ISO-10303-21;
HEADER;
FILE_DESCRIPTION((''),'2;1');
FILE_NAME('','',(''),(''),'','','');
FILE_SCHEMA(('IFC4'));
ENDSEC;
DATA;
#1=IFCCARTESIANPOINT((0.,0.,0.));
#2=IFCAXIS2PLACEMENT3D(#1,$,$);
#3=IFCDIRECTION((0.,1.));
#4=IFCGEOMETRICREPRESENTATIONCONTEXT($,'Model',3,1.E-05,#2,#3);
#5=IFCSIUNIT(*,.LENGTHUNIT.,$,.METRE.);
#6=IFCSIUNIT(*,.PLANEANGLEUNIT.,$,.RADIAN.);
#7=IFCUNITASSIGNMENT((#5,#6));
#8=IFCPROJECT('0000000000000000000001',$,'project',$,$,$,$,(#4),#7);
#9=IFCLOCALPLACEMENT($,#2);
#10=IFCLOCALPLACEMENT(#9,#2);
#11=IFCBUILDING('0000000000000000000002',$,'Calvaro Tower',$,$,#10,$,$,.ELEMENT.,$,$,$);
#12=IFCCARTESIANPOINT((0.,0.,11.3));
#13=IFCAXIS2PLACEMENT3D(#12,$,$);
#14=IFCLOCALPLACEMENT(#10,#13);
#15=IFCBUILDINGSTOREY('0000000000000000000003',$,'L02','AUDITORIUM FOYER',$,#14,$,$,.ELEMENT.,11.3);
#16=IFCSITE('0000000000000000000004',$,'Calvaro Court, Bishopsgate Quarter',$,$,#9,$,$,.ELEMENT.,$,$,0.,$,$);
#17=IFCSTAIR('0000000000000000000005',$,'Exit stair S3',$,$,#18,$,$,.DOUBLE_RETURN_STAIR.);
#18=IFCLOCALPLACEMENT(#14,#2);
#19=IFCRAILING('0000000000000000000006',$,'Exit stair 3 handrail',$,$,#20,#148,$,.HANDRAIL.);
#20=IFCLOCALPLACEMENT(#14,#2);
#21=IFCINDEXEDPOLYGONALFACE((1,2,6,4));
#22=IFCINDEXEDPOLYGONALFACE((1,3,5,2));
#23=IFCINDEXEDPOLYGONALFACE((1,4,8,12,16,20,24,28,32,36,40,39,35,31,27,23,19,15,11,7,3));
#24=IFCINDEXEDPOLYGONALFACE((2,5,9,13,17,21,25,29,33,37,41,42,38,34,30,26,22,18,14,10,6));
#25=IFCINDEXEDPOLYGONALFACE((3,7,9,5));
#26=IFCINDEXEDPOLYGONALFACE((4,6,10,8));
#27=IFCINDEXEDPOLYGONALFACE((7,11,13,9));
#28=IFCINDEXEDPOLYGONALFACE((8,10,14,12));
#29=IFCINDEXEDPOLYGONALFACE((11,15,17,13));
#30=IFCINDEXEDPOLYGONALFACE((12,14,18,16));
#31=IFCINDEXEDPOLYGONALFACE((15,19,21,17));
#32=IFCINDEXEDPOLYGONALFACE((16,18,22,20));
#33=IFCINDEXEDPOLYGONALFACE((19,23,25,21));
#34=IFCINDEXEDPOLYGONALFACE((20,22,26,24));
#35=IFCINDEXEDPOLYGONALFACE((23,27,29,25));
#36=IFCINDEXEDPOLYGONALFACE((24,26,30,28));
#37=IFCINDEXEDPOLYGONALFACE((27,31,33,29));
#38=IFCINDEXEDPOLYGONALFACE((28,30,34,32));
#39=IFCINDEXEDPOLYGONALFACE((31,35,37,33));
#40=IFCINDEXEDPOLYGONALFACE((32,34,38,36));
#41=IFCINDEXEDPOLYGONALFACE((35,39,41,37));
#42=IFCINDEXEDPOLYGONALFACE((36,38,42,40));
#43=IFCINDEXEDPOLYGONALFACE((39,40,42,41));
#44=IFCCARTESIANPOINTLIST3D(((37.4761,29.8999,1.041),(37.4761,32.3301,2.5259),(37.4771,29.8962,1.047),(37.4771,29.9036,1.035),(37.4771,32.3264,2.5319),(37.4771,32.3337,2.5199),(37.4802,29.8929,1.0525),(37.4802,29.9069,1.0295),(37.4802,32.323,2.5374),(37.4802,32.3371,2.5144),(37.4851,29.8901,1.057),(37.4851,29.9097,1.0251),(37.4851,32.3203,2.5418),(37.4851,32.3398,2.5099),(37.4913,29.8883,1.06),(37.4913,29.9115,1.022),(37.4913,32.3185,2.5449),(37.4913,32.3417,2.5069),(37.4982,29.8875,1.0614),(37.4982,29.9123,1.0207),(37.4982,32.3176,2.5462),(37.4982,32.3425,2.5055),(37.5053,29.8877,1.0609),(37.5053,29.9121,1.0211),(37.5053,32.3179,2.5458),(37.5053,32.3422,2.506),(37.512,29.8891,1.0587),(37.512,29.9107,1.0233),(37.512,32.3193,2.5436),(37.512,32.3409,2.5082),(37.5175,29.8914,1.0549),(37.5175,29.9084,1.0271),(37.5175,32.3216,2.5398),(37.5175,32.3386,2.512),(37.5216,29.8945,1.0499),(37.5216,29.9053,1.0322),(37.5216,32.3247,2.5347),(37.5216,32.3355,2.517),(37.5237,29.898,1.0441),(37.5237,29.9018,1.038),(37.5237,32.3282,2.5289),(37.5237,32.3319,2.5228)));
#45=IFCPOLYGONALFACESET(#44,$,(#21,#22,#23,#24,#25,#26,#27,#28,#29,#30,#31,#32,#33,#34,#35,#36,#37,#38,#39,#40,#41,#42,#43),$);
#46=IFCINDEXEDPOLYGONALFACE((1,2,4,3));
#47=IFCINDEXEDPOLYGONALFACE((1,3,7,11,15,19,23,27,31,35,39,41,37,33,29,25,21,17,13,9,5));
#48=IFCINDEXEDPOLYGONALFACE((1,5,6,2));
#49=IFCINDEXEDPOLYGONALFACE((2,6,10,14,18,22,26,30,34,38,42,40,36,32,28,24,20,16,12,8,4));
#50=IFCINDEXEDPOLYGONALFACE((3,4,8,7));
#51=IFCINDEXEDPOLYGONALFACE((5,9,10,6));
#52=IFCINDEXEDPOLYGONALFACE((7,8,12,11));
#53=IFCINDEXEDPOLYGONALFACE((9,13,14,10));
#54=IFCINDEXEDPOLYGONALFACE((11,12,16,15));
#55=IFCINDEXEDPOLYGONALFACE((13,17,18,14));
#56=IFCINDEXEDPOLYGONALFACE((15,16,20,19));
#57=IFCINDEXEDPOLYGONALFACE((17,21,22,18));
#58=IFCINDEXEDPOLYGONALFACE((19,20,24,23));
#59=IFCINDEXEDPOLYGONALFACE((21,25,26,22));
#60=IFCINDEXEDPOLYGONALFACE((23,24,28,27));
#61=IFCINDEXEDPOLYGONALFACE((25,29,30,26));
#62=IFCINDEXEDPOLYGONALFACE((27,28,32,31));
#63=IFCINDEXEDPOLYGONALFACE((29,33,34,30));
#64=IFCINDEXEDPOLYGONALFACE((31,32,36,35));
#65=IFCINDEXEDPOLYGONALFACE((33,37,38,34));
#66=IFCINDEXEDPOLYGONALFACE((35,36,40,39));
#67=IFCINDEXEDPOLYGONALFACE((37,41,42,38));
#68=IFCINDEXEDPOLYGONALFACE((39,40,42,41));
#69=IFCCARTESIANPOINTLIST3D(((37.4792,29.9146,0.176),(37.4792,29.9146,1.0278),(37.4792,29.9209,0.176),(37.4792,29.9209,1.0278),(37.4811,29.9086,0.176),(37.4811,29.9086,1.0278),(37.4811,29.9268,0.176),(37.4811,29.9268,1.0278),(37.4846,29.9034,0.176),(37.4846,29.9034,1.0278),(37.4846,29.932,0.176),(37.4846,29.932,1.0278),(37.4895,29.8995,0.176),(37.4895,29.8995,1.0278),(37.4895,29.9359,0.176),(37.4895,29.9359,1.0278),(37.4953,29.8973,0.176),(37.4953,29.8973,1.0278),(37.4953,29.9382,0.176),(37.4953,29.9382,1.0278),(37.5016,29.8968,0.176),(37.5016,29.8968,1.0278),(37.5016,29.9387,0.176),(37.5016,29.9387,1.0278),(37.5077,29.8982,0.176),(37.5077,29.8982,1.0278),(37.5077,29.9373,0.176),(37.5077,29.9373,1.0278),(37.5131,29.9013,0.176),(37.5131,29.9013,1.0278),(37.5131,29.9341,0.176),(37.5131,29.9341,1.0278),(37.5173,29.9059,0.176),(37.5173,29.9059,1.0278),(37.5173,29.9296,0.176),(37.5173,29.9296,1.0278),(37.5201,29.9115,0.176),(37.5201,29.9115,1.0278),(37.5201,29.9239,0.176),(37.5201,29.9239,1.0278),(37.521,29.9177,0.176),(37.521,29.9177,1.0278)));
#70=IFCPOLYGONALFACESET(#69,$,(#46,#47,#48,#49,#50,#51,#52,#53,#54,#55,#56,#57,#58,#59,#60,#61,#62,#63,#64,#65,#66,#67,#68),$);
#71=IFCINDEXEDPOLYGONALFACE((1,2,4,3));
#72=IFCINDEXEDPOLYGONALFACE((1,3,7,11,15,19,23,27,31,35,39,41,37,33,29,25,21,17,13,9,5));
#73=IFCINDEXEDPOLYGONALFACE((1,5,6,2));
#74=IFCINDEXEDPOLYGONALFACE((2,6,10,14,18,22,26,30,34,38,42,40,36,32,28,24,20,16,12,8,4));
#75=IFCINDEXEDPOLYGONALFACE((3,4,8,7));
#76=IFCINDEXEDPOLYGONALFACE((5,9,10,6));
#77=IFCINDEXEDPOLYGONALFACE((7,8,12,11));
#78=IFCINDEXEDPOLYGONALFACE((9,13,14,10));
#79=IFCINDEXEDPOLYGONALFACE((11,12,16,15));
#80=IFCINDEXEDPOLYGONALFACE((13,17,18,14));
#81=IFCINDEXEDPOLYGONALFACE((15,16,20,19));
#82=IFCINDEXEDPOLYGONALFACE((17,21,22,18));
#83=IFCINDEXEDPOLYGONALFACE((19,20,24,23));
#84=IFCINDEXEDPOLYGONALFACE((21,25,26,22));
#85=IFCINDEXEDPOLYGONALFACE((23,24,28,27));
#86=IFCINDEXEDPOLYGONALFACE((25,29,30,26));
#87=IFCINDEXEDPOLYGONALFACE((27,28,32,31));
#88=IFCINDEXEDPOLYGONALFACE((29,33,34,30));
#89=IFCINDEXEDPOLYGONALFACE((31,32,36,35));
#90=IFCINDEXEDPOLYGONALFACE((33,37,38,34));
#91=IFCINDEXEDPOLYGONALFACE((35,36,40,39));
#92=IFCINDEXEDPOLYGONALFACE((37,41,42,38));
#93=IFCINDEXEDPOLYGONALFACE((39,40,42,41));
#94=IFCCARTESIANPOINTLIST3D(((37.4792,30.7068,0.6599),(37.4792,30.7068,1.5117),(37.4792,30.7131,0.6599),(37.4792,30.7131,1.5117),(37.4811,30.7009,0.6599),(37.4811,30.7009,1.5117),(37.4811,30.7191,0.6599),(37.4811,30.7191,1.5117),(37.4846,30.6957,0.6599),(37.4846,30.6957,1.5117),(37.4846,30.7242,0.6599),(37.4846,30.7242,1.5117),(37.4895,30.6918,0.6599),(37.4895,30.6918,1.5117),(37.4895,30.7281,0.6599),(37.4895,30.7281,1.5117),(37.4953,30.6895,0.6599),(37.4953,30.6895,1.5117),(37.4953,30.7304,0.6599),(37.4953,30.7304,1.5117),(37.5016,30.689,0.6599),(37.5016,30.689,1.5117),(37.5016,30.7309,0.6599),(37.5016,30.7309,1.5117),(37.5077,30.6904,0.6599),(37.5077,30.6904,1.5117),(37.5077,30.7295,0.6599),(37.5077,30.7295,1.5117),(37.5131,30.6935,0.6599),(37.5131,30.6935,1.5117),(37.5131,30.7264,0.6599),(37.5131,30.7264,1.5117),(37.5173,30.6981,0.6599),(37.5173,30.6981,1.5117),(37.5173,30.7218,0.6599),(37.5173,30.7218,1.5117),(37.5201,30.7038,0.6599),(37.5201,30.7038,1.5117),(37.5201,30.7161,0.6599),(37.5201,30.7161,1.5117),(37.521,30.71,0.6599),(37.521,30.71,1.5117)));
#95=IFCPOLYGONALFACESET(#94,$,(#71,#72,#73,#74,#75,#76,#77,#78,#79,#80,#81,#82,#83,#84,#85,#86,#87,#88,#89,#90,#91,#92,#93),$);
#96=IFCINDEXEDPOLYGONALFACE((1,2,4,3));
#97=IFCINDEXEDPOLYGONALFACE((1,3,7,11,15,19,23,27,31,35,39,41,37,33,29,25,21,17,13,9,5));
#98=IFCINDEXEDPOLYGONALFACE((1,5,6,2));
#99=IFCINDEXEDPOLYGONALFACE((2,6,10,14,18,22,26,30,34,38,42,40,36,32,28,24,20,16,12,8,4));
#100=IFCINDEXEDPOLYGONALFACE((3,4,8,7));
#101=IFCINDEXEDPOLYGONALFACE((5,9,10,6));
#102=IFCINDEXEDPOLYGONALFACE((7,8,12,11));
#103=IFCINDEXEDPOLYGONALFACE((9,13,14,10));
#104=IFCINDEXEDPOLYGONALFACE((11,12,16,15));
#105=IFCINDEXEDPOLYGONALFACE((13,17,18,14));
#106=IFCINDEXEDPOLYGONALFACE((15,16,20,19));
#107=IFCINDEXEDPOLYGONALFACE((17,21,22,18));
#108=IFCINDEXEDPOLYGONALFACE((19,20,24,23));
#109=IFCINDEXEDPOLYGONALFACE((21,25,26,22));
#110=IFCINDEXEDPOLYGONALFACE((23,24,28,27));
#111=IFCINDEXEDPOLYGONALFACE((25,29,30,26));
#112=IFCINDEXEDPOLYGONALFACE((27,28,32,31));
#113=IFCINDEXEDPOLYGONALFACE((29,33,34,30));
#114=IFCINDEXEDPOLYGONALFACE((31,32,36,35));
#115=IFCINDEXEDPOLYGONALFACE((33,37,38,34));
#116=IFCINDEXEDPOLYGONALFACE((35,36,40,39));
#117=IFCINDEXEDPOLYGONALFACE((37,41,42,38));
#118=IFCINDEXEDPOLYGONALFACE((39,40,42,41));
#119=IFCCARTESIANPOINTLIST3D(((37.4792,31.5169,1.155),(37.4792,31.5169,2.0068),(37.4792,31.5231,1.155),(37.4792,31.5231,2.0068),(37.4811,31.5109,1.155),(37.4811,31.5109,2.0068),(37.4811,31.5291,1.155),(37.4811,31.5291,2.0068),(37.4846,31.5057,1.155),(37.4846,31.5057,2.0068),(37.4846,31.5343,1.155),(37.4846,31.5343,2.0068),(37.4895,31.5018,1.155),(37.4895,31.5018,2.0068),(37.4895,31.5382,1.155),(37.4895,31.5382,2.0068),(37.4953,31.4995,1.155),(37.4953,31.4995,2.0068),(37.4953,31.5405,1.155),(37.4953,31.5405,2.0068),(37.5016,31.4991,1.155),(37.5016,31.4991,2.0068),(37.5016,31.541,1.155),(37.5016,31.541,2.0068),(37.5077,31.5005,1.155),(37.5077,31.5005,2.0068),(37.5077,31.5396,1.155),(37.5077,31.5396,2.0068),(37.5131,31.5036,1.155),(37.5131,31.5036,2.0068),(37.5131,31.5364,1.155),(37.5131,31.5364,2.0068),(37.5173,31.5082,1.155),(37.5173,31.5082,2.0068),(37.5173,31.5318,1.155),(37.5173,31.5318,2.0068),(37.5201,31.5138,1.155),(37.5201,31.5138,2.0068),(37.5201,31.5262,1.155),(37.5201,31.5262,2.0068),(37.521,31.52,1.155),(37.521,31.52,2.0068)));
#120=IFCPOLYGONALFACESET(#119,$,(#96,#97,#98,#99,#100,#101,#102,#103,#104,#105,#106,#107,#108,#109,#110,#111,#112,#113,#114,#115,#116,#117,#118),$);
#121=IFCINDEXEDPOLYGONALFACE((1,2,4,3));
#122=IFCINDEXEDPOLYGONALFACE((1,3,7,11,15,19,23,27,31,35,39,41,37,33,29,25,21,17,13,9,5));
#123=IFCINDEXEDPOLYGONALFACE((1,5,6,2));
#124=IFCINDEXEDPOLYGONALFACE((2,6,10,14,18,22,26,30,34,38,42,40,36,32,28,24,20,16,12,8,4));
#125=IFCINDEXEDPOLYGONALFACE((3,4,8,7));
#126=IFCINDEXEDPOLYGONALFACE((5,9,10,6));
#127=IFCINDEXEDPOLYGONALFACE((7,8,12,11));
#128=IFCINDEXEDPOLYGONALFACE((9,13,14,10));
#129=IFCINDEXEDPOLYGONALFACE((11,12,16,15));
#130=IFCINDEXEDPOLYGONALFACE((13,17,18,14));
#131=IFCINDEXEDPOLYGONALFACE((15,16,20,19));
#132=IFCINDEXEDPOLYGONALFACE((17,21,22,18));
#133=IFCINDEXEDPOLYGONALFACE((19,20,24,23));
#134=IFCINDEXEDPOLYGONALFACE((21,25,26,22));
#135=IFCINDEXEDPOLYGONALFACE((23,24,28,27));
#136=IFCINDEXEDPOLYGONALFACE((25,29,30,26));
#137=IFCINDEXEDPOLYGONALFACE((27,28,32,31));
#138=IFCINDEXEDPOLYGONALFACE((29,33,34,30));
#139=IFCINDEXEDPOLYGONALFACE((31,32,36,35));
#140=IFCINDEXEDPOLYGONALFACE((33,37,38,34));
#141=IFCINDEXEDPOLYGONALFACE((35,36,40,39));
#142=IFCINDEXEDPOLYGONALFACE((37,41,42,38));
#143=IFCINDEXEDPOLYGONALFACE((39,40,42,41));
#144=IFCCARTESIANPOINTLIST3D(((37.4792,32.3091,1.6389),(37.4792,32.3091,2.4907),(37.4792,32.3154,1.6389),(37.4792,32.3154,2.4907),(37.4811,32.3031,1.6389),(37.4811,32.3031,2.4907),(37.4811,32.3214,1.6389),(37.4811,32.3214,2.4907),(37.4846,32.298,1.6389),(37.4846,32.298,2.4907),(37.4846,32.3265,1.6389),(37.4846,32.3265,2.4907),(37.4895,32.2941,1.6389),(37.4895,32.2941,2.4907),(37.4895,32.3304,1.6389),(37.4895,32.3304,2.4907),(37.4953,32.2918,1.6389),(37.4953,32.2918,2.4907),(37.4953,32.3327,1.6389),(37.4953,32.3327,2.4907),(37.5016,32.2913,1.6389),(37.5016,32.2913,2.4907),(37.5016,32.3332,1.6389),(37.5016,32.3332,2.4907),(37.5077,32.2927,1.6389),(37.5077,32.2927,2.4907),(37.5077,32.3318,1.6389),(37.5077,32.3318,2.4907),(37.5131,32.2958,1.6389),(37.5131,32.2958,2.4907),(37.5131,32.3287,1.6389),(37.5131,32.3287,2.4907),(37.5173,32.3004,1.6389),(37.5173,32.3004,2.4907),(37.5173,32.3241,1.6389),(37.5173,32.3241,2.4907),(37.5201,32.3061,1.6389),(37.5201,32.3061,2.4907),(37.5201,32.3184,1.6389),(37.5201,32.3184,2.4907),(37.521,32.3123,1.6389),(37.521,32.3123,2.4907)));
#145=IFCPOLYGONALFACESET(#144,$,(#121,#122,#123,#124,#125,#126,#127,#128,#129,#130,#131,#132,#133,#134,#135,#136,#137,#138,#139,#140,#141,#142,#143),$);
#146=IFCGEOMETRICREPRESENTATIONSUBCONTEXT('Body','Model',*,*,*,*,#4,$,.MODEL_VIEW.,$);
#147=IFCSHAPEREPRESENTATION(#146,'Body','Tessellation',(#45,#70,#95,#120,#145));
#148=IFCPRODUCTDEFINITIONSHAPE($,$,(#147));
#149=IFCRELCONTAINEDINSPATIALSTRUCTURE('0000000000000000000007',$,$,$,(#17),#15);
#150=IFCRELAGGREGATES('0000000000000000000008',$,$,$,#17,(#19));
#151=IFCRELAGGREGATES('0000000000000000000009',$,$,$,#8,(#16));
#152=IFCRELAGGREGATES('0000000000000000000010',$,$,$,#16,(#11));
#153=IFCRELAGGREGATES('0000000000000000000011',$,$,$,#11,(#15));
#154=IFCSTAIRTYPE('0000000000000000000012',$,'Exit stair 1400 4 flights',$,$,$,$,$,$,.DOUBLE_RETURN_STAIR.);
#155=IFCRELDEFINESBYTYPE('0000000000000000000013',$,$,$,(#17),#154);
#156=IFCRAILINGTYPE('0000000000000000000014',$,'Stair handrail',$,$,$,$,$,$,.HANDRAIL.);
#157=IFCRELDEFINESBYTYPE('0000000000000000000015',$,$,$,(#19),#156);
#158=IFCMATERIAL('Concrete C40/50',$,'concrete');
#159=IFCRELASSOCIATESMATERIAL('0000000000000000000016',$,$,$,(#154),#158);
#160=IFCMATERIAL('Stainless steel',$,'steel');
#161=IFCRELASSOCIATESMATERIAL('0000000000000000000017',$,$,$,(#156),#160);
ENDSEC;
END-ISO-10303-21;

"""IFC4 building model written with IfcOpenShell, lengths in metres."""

from ifc_helpers import new_model, si_unit, direction, frame, origin, origin_2d, place, context, subcontext, project, spatial, circle, extrude, material, type_object, element, aggregate, save


model = new_model("IFC4")

# Units and contexts
model_context = context("Model", 3, precision=1e-05, world=origin(), true_north=direction((0.0, 1.0)))
body_context = subcontext(model_context, "Body", "Model", "MODEL_VIEW")
ifc_project = project(units=[si_unit("LENGTHUNIT", "METRE"), si_unit("PLANEANGLEUNIT", "RADIAN")], contexts=[model_context])

# Site, building, storey
site_placement = place(None, origin())
site = spatial("IfcSite", under=ifc_project, at=site_placement, Name="Calvaro Court, Bishopsgate Quarter", CompositionType="ELEMENT", RefElevation=0.0)
building_placement = place(site_placement, origin())
building = spatial("IfcBuilding", under=site, at=building_placement, Name="Calvaro Tower", CompositionType="ELEMENT")
storey_placement = place(building_placement, frame((0.0, 0.0, 11.3)))
storey = spatial("IfcBuildingStorey", under=building, at=storey_placement, Name="L02", Description="AUDITORIUM FOYER", CompositionType="ELEMENT", Elevation=11.3)

# Stair, railing
ifc_material_1 = material(Name="Concrete C40/50", Category="concrete")
stair_type = type_object("IfcStairType", Name="Exit stair 1400 4 flights", PredefinedType="DOUBLE_RETURN_STAIR", material=ifc_material_1)
stair_placement = place(storey_placement, origin())
stair = element("IfcStair", 1, at=stair_placement, inside=storey, type_object=stair_type, Name="Exit stair S3", PredefinedType="DOUBLE_RETURN_STAIR")
ifc_material_2 = material(Name="Stainless steel", Category="steel")
railing_type = type_object("IfcRailingType", Name="Stair handrail", PredefinedType="HANDRAIL", material=ifc_material_2)
railing_1_placement = place(storey_placement, frame((37.5, 29.8999, 0.165)))
railing_1 = element("IfcRailing", 2, at=railing_1_placement, type_object=railing_type, Name="Exit stair 3 handrail", PredefinedType="HANDRAIL", context=body_context, shape_type="SweptSolid", body=[
    extrude(circle(Radius=0.0239, at=origin_2d()), frame((0.0, 0.0, 0.876), z_axis=(0.0, 0.85332, 0.521388), x_axis=(-1.0, 0.0, 0.0)), (0.0, 0.0, 1.0), 2.8479),
    extrude(circle(Radius=0.021, at=origin_2d()), frame((0.0, 0.0178, 0.011)), (0.0, 0.0, 1.0), 0.8518),
    extrude(circle(Radius=0.021, at=origin_2d()), frame((0.0, 0.8101, 0.4949)), (0.0, 0.0, 1.0), 0.8518),
    extrude(circle(Radius=0.021, at=origin_2d()), frame((0.0, 1.6201, 0.99)), (0.0, 0.0, 1.0), 0.8518),
    extrude(circle(Radius=0.021, at=origin_2d()), frame((0.0, 2.4124, 1.4739)), (0.0, 0.0, 1.0), 0.8518),
])
aggregate(stair, [railing_1])

save(model, "model.ifc")
